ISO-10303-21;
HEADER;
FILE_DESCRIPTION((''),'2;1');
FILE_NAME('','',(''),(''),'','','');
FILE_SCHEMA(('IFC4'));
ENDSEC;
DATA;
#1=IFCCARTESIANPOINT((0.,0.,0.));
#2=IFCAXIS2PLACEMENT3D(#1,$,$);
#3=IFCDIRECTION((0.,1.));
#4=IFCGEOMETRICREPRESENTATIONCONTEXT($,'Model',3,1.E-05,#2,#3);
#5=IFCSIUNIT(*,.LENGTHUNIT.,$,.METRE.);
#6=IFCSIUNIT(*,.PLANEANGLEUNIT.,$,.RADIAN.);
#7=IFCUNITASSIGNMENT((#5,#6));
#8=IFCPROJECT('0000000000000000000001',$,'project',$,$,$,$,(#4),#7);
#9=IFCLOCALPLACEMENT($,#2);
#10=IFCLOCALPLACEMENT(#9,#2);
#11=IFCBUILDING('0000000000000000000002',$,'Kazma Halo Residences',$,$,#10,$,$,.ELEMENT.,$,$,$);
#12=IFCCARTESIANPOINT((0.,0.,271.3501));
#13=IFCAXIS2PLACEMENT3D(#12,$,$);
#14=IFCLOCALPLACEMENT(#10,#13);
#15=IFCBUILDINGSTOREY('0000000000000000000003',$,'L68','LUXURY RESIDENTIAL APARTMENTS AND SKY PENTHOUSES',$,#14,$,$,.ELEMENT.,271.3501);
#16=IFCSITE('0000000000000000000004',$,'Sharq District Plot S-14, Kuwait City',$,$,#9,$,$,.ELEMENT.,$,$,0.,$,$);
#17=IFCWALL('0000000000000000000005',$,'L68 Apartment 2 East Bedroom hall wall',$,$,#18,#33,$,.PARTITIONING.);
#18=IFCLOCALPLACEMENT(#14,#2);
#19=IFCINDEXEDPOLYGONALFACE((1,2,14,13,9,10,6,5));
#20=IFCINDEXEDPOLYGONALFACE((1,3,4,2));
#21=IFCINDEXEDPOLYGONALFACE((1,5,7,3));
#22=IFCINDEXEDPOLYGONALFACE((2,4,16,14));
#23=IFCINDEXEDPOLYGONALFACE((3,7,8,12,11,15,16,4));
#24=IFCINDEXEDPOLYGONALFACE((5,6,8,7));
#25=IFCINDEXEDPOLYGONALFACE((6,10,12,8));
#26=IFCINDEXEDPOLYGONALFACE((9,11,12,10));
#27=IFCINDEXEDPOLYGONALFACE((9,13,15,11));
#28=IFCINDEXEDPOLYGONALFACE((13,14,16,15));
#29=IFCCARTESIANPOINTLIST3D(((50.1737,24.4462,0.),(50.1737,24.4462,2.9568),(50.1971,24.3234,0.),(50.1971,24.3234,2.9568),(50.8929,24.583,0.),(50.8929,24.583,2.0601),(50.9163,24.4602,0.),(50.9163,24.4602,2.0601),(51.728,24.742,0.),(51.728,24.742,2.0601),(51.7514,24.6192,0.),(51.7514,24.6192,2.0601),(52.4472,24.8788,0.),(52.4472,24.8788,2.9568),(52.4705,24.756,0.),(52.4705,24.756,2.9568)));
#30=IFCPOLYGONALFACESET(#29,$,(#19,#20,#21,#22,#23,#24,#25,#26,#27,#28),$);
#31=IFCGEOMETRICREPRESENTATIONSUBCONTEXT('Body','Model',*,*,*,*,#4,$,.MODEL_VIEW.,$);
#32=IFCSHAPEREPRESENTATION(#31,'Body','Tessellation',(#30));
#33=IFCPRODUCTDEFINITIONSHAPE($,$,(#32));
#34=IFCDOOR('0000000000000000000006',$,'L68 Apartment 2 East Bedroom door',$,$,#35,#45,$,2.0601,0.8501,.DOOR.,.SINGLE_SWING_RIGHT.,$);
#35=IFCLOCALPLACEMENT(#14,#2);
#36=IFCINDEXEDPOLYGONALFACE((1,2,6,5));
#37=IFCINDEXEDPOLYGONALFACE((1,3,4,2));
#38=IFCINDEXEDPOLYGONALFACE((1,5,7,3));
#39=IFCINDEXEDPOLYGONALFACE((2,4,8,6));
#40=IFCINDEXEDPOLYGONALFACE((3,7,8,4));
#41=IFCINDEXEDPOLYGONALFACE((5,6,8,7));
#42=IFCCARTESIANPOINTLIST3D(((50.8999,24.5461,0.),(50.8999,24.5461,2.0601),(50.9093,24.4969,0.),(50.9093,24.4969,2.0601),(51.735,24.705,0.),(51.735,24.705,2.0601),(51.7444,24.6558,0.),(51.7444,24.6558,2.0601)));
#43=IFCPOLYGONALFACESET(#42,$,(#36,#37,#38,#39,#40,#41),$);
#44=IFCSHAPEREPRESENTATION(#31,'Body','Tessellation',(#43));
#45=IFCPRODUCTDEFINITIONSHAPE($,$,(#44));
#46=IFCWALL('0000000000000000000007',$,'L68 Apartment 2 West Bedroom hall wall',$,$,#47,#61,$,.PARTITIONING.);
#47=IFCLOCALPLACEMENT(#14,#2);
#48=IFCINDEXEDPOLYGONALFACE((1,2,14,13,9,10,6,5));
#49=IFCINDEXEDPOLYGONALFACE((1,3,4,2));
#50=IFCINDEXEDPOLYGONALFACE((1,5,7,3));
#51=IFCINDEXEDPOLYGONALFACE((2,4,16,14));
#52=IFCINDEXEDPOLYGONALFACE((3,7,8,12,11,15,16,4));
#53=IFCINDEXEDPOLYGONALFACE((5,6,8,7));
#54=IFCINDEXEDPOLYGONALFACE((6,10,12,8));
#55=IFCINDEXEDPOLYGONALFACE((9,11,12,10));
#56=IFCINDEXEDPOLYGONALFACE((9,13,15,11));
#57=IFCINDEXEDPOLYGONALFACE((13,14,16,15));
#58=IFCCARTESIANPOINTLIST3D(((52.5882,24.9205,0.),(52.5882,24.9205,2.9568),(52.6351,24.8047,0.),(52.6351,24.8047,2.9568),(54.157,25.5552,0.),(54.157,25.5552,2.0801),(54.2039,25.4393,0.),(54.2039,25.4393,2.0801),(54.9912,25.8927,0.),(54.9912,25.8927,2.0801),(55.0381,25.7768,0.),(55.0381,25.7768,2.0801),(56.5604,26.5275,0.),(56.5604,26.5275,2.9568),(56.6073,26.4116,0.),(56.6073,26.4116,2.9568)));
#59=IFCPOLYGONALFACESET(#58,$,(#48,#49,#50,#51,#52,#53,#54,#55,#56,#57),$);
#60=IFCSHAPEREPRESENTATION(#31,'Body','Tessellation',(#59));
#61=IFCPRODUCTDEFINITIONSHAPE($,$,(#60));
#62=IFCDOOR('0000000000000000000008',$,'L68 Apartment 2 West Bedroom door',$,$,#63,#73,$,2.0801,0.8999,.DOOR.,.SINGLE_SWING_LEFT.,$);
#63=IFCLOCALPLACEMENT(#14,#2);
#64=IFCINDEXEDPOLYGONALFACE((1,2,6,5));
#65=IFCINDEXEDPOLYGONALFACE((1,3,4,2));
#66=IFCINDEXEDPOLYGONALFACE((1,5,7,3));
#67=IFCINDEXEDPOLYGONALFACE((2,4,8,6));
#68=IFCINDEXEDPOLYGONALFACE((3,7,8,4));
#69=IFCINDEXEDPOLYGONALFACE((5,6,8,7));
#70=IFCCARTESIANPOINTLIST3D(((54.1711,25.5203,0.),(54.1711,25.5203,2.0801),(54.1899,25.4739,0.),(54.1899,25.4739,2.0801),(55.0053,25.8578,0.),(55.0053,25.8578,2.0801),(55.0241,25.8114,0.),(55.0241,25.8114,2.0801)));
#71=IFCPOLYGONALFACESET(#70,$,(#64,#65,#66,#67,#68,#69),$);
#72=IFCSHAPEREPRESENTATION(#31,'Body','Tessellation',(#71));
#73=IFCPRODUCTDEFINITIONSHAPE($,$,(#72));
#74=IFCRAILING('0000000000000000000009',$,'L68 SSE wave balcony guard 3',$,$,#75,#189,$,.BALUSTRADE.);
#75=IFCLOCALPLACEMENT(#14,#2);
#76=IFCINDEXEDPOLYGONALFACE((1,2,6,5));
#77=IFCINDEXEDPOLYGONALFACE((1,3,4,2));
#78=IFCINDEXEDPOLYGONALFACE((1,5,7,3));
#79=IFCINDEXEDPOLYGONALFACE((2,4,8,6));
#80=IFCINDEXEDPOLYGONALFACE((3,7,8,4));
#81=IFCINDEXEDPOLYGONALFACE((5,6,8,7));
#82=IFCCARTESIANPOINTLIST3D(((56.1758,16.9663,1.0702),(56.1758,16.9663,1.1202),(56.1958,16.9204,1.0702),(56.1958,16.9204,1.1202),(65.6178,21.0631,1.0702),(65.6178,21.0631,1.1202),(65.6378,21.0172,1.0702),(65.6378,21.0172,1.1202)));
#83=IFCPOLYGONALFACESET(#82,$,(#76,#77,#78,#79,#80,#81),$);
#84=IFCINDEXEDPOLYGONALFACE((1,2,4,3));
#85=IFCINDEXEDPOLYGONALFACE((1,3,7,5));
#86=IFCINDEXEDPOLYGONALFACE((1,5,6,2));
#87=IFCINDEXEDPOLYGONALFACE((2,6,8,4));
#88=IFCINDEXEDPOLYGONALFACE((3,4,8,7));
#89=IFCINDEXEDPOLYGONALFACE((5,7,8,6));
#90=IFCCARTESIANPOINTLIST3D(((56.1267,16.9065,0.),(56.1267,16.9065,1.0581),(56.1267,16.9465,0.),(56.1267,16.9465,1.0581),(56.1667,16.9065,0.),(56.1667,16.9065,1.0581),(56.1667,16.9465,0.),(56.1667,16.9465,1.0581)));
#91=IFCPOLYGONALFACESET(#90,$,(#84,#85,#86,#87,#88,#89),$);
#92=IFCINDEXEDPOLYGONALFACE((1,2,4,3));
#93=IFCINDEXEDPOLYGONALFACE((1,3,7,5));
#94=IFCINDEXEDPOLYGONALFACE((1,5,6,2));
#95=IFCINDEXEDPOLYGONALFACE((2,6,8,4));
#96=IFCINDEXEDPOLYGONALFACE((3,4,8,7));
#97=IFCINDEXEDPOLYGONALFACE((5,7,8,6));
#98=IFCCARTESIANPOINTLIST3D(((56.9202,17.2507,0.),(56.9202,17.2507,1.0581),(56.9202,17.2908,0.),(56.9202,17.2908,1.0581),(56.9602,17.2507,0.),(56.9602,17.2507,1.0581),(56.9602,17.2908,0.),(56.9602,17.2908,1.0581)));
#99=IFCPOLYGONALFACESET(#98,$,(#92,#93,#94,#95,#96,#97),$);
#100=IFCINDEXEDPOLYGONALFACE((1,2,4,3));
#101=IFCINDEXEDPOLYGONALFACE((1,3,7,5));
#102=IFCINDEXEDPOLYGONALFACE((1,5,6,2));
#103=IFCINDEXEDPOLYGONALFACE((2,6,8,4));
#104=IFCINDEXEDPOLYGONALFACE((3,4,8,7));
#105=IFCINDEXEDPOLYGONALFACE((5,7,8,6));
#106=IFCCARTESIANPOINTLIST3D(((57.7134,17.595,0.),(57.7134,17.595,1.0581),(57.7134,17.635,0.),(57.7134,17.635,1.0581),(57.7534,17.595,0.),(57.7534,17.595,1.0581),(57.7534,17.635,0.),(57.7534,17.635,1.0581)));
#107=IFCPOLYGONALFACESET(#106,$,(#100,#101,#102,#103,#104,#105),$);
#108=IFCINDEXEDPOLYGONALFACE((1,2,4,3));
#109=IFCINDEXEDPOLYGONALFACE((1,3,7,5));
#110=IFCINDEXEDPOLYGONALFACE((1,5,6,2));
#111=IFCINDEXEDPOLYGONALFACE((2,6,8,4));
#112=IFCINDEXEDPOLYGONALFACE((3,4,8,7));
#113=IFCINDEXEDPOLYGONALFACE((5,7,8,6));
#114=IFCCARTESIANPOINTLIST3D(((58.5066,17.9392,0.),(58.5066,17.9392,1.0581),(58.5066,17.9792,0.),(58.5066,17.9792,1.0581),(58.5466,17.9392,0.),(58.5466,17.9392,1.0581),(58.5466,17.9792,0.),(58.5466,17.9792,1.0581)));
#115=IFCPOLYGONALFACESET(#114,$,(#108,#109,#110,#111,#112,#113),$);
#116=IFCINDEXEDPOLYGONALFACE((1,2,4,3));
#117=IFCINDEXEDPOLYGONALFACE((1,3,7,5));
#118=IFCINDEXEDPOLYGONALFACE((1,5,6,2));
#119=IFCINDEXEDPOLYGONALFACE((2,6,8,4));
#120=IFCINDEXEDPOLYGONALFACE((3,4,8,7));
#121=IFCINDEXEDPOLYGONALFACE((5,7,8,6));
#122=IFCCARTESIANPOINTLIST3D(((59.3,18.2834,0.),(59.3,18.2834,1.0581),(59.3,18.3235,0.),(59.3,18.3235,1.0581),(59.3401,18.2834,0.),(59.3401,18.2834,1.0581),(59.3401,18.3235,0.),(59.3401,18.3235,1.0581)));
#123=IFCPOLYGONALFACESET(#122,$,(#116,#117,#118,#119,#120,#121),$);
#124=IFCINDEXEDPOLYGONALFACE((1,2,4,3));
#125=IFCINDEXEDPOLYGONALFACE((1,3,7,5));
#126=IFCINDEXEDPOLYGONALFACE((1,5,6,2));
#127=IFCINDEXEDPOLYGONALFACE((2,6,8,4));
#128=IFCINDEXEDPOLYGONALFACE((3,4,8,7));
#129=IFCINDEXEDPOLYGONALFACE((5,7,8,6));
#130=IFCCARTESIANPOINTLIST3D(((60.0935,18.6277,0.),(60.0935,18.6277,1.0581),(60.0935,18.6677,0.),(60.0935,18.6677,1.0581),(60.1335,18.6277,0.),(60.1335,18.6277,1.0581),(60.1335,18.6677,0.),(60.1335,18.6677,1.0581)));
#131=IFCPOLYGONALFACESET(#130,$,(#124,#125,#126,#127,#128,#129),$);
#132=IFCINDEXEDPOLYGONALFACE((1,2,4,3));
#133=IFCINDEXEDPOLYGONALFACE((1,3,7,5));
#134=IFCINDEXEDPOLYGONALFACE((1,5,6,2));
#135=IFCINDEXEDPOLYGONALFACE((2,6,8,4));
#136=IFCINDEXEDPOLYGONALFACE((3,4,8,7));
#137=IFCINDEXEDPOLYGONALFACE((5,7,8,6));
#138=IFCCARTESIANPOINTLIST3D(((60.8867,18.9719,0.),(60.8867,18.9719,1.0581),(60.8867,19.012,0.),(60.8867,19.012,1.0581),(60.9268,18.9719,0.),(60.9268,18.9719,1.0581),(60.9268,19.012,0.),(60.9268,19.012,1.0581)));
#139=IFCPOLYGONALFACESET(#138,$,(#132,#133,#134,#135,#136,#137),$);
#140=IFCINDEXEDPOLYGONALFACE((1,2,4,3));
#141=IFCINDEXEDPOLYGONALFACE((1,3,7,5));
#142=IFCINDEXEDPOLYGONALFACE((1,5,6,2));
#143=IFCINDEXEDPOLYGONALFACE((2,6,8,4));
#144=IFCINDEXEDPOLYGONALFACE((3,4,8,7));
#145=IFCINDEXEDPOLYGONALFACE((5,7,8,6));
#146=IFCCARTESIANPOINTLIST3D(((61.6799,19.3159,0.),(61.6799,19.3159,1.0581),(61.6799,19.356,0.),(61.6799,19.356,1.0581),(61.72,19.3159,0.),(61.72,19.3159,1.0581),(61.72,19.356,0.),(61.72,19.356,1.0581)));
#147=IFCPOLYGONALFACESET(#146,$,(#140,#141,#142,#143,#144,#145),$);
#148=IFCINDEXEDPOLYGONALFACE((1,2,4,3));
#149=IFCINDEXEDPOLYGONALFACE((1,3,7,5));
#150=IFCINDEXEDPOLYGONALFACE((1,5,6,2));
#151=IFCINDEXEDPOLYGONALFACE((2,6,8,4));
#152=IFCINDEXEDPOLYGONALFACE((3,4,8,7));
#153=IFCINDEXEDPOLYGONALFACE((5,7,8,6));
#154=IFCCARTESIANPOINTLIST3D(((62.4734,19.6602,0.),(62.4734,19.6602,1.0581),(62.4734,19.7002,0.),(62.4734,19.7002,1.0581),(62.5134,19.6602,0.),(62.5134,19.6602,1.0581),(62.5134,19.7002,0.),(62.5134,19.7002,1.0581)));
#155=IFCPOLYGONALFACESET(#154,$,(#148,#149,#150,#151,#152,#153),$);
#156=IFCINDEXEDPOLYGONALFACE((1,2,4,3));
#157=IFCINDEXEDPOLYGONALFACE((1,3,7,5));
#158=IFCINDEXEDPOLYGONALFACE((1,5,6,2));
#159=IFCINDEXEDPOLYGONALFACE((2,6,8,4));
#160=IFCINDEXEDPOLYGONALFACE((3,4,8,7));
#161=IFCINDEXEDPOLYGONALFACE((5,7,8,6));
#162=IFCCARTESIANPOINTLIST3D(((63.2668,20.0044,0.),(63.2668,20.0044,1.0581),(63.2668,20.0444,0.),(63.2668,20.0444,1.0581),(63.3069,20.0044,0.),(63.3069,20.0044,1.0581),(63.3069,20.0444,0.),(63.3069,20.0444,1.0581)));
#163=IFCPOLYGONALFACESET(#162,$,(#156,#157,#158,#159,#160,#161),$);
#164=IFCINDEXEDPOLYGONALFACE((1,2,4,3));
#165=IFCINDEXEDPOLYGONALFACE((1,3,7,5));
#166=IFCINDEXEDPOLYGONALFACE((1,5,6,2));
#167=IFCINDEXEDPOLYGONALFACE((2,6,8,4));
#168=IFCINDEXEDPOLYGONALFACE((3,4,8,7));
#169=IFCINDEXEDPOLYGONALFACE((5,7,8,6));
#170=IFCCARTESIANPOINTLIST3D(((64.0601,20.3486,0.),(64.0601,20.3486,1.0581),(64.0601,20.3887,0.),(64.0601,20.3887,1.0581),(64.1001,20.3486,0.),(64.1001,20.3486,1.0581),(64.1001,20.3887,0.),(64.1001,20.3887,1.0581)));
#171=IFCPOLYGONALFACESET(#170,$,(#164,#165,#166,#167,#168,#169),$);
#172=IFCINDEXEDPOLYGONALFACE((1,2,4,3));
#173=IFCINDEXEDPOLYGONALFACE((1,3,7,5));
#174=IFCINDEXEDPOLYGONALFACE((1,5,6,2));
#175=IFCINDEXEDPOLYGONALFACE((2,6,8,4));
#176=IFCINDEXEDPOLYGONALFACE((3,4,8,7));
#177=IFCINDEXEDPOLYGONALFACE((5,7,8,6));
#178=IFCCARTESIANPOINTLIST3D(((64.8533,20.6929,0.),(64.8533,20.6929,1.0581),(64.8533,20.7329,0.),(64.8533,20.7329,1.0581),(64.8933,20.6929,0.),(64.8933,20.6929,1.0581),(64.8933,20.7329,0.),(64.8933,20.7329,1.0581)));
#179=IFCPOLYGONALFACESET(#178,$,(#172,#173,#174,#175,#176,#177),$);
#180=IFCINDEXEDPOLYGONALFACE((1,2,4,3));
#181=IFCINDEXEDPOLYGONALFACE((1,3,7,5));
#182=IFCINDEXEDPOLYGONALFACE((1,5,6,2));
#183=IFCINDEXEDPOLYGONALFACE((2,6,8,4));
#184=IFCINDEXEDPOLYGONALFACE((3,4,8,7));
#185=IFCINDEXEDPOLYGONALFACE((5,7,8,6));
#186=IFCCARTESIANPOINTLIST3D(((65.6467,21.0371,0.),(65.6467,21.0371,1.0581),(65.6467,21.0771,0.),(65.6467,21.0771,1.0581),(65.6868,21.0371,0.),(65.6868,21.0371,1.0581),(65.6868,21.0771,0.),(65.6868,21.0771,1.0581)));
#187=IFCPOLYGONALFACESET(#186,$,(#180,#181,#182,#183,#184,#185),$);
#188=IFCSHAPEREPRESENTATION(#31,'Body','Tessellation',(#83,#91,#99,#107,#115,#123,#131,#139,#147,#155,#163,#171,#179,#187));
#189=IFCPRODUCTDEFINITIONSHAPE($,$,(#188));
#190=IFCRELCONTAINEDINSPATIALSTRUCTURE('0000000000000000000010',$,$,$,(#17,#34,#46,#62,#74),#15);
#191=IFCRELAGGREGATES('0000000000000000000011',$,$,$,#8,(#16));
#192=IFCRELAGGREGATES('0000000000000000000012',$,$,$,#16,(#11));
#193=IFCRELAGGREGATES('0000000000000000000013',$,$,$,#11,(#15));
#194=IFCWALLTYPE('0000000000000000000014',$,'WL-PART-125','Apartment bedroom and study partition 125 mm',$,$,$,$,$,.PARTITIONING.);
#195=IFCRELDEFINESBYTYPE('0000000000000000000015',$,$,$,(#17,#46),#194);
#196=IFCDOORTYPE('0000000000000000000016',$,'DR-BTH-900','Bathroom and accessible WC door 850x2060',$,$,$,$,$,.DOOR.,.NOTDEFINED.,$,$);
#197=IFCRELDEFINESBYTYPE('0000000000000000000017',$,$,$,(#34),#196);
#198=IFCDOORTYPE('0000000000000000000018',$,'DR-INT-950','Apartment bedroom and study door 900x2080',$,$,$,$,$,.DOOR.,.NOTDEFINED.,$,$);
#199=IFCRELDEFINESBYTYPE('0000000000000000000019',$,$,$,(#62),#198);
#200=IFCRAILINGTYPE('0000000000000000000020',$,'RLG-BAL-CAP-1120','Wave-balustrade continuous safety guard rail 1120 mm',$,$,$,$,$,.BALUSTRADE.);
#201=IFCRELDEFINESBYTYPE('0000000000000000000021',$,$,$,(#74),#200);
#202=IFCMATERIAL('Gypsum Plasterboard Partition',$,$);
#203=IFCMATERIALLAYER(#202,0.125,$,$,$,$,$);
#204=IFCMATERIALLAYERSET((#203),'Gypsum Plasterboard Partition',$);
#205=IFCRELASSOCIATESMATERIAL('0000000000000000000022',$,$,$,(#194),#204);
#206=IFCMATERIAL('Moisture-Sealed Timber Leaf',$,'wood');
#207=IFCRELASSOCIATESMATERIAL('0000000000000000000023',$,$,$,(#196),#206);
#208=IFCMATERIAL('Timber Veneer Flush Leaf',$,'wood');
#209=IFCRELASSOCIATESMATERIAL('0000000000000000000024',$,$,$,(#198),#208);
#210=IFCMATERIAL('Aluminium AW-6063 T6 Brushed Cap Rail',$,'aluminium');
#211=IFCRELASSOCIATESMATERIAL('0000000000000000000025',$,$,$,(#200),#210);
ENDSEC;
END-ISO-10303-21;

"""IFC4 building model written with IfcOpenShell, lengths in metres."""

from ifc_helpers import new_model, si_unit, direction, frame, frame_2d, origin, origin_2d, place, context, subcontext, project, spatial, rectangle, extrude, material, layer, layer_set, type_object, element, fill, save


model = new_model("IFC4")

# Units and contexts
model_context = context("Model", 3, precision=1e-05, world=origin(), true_north=direction((0.0, 1.0)))
body_context = subcontext(model_context, "Body", "Model", "MODEL_VIEW")
ifc_project = project(units=[si_unit("LENGTHUNIT", "METRE"), si_unit("PLANEANGLEUNIT", "RADIAN")], contexts=[model_context])

# Site, building, storey
site_placement = place(None, origin())
site = spatial("IfcSite", under=ifc_project, at=site_placement, Name="Sharq District Plot S-14, Kuwait City", CompositionType="ELEMENT", RefElevation=0.0)
building_placement = place(site_placement, origin())
building = spatial("IfcBuilding", under=site, at=building_placement, Name="Kazma Halo Residences", CompositionType="ELEMENT")
storey_placement = place(building_placement, frame((0.0, 0.0, 271.3501)))
storey = spatial("IfcBuildingStorey", under=building, at=storey_placement, Name="L68", Description="LUXURY RESIDENTIAL APARTMENTS AND SKY PENTHOUSES", CompositionType="ELEMENT", Elevation=271.3501)

# Shared definitions
ifc_material_1 = material(Name="Gypsum Plasterboard Partition")
ifc_layer_1 = layer(ifc_material_1, 0.125)
ifc_layer_set_1 = layer_set([ifc_layer_1], Name="Gypsum Plasterboard Partition")
wall_type_1 = type_object("IfcWallType", Name="WL-PART-125", Description="Apartment bedroom and study partition 125 mm", PredefinedType="PARTITIONING", material=ifc_layer_set_1)

# Shared definitions
ifc_material_2 = material(Name="Moisture-Sealed Timber Leaf", Category="wood")
door_type_1 = type_object("IfcDoorType", Name="DR-BTH-900", Description="Bathroom and accessible WC door 850x2060", OperationType="NOTDEFINED", PredefinedType="DOOR", material=ifc_material_2)

# Walls, openings, doors
wall_1_placement = place(storey_placement, frame((50.1853, 24.3848, 0.0), z_axis=(0.0, 0.0, 1.0), x_axis=(0.982372, 0.186938, 0.0)))
wall_1 = element("IfcWall", 1, at=wall_1_placement, inside=storey, type_object=wall_type_1, Name="L68 Apartment 2 East Bedroom hall wall", PredefinedType="PARTITIONING", context=body_context, shape_type="SweptSolid", body=[
    extrude(rectangle(XDim=2.3142, YDim=0.125, at=frame_2d((1.1572, 0.0))), origin(), (0.0, 0.0, 1.0), 2.9568),
])
opening_1_placement = place(wall_1_placement, frame((0.7322, 0.0, 0.0)))
opening_1 = element("IfcOpeningElement", 2, at=opening_1_placement, cuts=wall_1, PredefinedType="OPENING", context=body_context, shape_type="SweptSolid", body=[
    extrude(rectangle(XDim=0.8501, YDim=2.0601, at=frame_2d((0.425, 1.03))), frame((0.0, 0.0725, 0.0), z_axis=(0.0, -1.0, 0.0), x_axis=(1.0, 0.0, 0.0)), (0.0, 0.0, 1.0), 0.145),
])
door_1_placement = place(opening_1_placement, origin())
door_1 = element("IfcDoor", 3, at=door_1_placement, inside=storey, type_object=door_type_1, Name="L68 Apartment 2 East Bedroom door", OperationType="SINGLE_SWING_RIGHT", OverallHeight=2.0601, OverallWidth=0.8501, PredefinedType="DOOR", context=body_context, shape_type="SweptSolid", body=[
    extrude(rectangle(XDim=0.8501, YDim=2.0601, at=frame_2d((0.425, 1.03))), frame((0.0, 0.0249, 0.0), z_axis=(0.0, -1.0, 0.0), x_axis=(1.0, 0.0, 0.0)), (0.0, 0.0, 1.0), 0.05),
])
fill(opening_1, door_1)
wall_2_placement = place(storey_placement, frame((52.6116, 24.8625, 0.0), z_axis=(0.0, 0.0, 1.0), x_axis=(0.927016, 0.375023, 0.0)))
wall_2 = element("IfcWall", 4, at=wall_2_placement, inside=storey, type_object=wall_type_1, Name="L68 Apartment 2 West Bedroom hall wall", PredefinedType="PARTITIONING", context=body_context, shape_type="SweptSolid", body=[
    extrude(rectangle(XDim=4.2849, YDim=0.125, at=frame_2d((2.1426, 0.0))), origin(), (0.0, 0.0, 1.0), 2.9568),
])
opening_2_placement = place(wall_2_placement, frame((1.6924, 0.0, 0.0)))
opening_2 = element("IfcOpeningElement", 5, at=opening_2_placement, cuts=wall_2, PredefinedType="OPENING", context=body_context, shape_type="SweptSolid", body=[
    extrude(rectangle(XDim=0.8999, YDim=2.0801, at=frame_2d((0.45, 1.04))), frame((0.0, 0.0725, 0.0), z_axis=(0.0, -1.0, 0.0), x_axis=(1.0, 0.0, 0.0)), (0.0, 0.0, 1.0), 0.145),
])
ifc_material_3 = material(Name="Timber Veneer Flush Leaf", Category="wood")
door_type_2 = type_object("IfcDoorType", Name="DR-INT-950", Description="Apartment bedroom and study door 900x2080", OperationType="NOTDEFINED", PredefinedType="DOOR", material=ifc_material_3)
door_2_placement = place(opening_2_placement, origin())
door_2 = element("IfcDoor", 6, at=door_2_placement, inside=storey, type_object=door_type_2, Name="L68 Apartment 2 West Bedroom door", OperationType="SINGLE_SWING_LEFT", OverallHeight=2.0801, OverallWidth=0.8999, PredefinedType="DOOR", context=body_context, shape_type="SweptSolid", body=[
    extrude(rectangle(XDim=0.8999, YDim=2.0801, at=frame_2d((0.45, 1.04))), frame((0.0, 0.0249, 0.0), z_axis=(0.0, -1.0, 0.0), x_axis=(1.0, 0.0, 0.0)), (0.0, 0.0, 1.0), 0.05),
])
fill(opening_2, door_2)

# Railing
ifc_material_4 = material(Name="Aluminium AW-6063 T6 Brushed Cap Rail", Category="aluminium")
railing_type = type_object("IfcRailingType", Name="RLG-BAL-CAP-1120", Description="Wave-balustrade continuous safety guard rail 1120 mm", PredefinedType="BALUSTRADE", material=ifc_material_4)
railing_placement = place(storey_placement, frame((56.1467, 16.9265, 0.0)))
element("IfcRailing", 7, at=railing_placement, inside=storey, type_object=railing_type, Name="L68 SSE wave balcony guard 3", PredefinedType="BALUSTRADE", context=body_context, shape_type="SweptSolid", body=[
    extrude(rectangle(XDim=0.05, YDim=0.05, at=origin_2d()), frame((0.0391, 0.0168, 1.0952), z_axis=(0.91737, 0.398035, 0.0), x_axis=(-0.398035, 0.91737, 0.0)), (0.0, 0.0, 1.0), 10.2925),
    extrude(rectangle(XDim=0.04, YDim=0.04, at=origin_2d()), origin(), (0.0, 0.0, 1.0), 1.0581),
    extrude(rectangle(XDim=0.04, YDim=0.04, at=origin_2d()), frame((0.7935, 0.3442, 0.0)), (0.0, 0.0, 1.0), 1.0581),
    extrude(rectangle(XDim=0.04, YDim=0.04, at=origin_2d()), frame((1.5867, 0.6885, 0.0)), (0.0, 0.0, 1.0), 1.0581),
    extrude(rectangle(XDim=0.04, YDim=0.04, at=origin_2d()), frame((2.3799, 1.0327, 0.0)), (0.0, 0.0, 1.0), 1.0581),
    extrude(rectangle(XDim=0.04, YDim=0.04, at=origin_2d()), frame((3.1733, 1.377, 0.0)), (0.0, 0.0, 1.0), 1.0581),
    extrude(rectangle(XDim=0.04, YDim=0.04, at=origin_2d()), frame((3.9668, 1.7212, 0.0)), (0.0, 0.0, 1.0), 1.0581),
    extrude(rectangle(XDim=0.04, YDim=0.04, at=origin_2d()), frame((4.76, 2.0654, 0.0)), (0.0, 0.0, 1.0), 1.0581),
    extrude(rectangle(XDim=0.04, YDim=0.04, at=origin_2d()), frame((5.5532, 2.4094, 0.0)), (0.0, 0.0, 1.0), 1.0581),
    extrude(rectangle(XDim=0.04, YDim=0.04, at=origin_2d()), frame((6.3467, 2.7537, 0.0)), (0.0, 0.0, 1.0), 1.0581),
    extrude(rectangle(XDim=0.04, YDim=0.04, at=origin_2d()), frame((7.1401, 3.0979, 0.0)), (0.0, 0.0, 1.0), 1.0581),
    extrude(rectangle(XDim=0.04, YDim=0.04, at=origin_2d()), frame((7.9333, 3.4421, 0.0)), (0.0, 0.0, 1.0), 1.0581),
    extrude(rectangle(XDim=0.04, YDim=0.04, at=origin_2d()), frame((8.7266, 3.7864, 0.0)), (0.0, 0.0, 1.0), 1.0581),
    extrude(rectangle(XDim=0.04, YDim=0.04, at=origin_2d()), frame((9.52, 4.1306, 0.0)), (0.0, 0.0, 1.0), 1.0581),
])

save(model, "model.ifc")
